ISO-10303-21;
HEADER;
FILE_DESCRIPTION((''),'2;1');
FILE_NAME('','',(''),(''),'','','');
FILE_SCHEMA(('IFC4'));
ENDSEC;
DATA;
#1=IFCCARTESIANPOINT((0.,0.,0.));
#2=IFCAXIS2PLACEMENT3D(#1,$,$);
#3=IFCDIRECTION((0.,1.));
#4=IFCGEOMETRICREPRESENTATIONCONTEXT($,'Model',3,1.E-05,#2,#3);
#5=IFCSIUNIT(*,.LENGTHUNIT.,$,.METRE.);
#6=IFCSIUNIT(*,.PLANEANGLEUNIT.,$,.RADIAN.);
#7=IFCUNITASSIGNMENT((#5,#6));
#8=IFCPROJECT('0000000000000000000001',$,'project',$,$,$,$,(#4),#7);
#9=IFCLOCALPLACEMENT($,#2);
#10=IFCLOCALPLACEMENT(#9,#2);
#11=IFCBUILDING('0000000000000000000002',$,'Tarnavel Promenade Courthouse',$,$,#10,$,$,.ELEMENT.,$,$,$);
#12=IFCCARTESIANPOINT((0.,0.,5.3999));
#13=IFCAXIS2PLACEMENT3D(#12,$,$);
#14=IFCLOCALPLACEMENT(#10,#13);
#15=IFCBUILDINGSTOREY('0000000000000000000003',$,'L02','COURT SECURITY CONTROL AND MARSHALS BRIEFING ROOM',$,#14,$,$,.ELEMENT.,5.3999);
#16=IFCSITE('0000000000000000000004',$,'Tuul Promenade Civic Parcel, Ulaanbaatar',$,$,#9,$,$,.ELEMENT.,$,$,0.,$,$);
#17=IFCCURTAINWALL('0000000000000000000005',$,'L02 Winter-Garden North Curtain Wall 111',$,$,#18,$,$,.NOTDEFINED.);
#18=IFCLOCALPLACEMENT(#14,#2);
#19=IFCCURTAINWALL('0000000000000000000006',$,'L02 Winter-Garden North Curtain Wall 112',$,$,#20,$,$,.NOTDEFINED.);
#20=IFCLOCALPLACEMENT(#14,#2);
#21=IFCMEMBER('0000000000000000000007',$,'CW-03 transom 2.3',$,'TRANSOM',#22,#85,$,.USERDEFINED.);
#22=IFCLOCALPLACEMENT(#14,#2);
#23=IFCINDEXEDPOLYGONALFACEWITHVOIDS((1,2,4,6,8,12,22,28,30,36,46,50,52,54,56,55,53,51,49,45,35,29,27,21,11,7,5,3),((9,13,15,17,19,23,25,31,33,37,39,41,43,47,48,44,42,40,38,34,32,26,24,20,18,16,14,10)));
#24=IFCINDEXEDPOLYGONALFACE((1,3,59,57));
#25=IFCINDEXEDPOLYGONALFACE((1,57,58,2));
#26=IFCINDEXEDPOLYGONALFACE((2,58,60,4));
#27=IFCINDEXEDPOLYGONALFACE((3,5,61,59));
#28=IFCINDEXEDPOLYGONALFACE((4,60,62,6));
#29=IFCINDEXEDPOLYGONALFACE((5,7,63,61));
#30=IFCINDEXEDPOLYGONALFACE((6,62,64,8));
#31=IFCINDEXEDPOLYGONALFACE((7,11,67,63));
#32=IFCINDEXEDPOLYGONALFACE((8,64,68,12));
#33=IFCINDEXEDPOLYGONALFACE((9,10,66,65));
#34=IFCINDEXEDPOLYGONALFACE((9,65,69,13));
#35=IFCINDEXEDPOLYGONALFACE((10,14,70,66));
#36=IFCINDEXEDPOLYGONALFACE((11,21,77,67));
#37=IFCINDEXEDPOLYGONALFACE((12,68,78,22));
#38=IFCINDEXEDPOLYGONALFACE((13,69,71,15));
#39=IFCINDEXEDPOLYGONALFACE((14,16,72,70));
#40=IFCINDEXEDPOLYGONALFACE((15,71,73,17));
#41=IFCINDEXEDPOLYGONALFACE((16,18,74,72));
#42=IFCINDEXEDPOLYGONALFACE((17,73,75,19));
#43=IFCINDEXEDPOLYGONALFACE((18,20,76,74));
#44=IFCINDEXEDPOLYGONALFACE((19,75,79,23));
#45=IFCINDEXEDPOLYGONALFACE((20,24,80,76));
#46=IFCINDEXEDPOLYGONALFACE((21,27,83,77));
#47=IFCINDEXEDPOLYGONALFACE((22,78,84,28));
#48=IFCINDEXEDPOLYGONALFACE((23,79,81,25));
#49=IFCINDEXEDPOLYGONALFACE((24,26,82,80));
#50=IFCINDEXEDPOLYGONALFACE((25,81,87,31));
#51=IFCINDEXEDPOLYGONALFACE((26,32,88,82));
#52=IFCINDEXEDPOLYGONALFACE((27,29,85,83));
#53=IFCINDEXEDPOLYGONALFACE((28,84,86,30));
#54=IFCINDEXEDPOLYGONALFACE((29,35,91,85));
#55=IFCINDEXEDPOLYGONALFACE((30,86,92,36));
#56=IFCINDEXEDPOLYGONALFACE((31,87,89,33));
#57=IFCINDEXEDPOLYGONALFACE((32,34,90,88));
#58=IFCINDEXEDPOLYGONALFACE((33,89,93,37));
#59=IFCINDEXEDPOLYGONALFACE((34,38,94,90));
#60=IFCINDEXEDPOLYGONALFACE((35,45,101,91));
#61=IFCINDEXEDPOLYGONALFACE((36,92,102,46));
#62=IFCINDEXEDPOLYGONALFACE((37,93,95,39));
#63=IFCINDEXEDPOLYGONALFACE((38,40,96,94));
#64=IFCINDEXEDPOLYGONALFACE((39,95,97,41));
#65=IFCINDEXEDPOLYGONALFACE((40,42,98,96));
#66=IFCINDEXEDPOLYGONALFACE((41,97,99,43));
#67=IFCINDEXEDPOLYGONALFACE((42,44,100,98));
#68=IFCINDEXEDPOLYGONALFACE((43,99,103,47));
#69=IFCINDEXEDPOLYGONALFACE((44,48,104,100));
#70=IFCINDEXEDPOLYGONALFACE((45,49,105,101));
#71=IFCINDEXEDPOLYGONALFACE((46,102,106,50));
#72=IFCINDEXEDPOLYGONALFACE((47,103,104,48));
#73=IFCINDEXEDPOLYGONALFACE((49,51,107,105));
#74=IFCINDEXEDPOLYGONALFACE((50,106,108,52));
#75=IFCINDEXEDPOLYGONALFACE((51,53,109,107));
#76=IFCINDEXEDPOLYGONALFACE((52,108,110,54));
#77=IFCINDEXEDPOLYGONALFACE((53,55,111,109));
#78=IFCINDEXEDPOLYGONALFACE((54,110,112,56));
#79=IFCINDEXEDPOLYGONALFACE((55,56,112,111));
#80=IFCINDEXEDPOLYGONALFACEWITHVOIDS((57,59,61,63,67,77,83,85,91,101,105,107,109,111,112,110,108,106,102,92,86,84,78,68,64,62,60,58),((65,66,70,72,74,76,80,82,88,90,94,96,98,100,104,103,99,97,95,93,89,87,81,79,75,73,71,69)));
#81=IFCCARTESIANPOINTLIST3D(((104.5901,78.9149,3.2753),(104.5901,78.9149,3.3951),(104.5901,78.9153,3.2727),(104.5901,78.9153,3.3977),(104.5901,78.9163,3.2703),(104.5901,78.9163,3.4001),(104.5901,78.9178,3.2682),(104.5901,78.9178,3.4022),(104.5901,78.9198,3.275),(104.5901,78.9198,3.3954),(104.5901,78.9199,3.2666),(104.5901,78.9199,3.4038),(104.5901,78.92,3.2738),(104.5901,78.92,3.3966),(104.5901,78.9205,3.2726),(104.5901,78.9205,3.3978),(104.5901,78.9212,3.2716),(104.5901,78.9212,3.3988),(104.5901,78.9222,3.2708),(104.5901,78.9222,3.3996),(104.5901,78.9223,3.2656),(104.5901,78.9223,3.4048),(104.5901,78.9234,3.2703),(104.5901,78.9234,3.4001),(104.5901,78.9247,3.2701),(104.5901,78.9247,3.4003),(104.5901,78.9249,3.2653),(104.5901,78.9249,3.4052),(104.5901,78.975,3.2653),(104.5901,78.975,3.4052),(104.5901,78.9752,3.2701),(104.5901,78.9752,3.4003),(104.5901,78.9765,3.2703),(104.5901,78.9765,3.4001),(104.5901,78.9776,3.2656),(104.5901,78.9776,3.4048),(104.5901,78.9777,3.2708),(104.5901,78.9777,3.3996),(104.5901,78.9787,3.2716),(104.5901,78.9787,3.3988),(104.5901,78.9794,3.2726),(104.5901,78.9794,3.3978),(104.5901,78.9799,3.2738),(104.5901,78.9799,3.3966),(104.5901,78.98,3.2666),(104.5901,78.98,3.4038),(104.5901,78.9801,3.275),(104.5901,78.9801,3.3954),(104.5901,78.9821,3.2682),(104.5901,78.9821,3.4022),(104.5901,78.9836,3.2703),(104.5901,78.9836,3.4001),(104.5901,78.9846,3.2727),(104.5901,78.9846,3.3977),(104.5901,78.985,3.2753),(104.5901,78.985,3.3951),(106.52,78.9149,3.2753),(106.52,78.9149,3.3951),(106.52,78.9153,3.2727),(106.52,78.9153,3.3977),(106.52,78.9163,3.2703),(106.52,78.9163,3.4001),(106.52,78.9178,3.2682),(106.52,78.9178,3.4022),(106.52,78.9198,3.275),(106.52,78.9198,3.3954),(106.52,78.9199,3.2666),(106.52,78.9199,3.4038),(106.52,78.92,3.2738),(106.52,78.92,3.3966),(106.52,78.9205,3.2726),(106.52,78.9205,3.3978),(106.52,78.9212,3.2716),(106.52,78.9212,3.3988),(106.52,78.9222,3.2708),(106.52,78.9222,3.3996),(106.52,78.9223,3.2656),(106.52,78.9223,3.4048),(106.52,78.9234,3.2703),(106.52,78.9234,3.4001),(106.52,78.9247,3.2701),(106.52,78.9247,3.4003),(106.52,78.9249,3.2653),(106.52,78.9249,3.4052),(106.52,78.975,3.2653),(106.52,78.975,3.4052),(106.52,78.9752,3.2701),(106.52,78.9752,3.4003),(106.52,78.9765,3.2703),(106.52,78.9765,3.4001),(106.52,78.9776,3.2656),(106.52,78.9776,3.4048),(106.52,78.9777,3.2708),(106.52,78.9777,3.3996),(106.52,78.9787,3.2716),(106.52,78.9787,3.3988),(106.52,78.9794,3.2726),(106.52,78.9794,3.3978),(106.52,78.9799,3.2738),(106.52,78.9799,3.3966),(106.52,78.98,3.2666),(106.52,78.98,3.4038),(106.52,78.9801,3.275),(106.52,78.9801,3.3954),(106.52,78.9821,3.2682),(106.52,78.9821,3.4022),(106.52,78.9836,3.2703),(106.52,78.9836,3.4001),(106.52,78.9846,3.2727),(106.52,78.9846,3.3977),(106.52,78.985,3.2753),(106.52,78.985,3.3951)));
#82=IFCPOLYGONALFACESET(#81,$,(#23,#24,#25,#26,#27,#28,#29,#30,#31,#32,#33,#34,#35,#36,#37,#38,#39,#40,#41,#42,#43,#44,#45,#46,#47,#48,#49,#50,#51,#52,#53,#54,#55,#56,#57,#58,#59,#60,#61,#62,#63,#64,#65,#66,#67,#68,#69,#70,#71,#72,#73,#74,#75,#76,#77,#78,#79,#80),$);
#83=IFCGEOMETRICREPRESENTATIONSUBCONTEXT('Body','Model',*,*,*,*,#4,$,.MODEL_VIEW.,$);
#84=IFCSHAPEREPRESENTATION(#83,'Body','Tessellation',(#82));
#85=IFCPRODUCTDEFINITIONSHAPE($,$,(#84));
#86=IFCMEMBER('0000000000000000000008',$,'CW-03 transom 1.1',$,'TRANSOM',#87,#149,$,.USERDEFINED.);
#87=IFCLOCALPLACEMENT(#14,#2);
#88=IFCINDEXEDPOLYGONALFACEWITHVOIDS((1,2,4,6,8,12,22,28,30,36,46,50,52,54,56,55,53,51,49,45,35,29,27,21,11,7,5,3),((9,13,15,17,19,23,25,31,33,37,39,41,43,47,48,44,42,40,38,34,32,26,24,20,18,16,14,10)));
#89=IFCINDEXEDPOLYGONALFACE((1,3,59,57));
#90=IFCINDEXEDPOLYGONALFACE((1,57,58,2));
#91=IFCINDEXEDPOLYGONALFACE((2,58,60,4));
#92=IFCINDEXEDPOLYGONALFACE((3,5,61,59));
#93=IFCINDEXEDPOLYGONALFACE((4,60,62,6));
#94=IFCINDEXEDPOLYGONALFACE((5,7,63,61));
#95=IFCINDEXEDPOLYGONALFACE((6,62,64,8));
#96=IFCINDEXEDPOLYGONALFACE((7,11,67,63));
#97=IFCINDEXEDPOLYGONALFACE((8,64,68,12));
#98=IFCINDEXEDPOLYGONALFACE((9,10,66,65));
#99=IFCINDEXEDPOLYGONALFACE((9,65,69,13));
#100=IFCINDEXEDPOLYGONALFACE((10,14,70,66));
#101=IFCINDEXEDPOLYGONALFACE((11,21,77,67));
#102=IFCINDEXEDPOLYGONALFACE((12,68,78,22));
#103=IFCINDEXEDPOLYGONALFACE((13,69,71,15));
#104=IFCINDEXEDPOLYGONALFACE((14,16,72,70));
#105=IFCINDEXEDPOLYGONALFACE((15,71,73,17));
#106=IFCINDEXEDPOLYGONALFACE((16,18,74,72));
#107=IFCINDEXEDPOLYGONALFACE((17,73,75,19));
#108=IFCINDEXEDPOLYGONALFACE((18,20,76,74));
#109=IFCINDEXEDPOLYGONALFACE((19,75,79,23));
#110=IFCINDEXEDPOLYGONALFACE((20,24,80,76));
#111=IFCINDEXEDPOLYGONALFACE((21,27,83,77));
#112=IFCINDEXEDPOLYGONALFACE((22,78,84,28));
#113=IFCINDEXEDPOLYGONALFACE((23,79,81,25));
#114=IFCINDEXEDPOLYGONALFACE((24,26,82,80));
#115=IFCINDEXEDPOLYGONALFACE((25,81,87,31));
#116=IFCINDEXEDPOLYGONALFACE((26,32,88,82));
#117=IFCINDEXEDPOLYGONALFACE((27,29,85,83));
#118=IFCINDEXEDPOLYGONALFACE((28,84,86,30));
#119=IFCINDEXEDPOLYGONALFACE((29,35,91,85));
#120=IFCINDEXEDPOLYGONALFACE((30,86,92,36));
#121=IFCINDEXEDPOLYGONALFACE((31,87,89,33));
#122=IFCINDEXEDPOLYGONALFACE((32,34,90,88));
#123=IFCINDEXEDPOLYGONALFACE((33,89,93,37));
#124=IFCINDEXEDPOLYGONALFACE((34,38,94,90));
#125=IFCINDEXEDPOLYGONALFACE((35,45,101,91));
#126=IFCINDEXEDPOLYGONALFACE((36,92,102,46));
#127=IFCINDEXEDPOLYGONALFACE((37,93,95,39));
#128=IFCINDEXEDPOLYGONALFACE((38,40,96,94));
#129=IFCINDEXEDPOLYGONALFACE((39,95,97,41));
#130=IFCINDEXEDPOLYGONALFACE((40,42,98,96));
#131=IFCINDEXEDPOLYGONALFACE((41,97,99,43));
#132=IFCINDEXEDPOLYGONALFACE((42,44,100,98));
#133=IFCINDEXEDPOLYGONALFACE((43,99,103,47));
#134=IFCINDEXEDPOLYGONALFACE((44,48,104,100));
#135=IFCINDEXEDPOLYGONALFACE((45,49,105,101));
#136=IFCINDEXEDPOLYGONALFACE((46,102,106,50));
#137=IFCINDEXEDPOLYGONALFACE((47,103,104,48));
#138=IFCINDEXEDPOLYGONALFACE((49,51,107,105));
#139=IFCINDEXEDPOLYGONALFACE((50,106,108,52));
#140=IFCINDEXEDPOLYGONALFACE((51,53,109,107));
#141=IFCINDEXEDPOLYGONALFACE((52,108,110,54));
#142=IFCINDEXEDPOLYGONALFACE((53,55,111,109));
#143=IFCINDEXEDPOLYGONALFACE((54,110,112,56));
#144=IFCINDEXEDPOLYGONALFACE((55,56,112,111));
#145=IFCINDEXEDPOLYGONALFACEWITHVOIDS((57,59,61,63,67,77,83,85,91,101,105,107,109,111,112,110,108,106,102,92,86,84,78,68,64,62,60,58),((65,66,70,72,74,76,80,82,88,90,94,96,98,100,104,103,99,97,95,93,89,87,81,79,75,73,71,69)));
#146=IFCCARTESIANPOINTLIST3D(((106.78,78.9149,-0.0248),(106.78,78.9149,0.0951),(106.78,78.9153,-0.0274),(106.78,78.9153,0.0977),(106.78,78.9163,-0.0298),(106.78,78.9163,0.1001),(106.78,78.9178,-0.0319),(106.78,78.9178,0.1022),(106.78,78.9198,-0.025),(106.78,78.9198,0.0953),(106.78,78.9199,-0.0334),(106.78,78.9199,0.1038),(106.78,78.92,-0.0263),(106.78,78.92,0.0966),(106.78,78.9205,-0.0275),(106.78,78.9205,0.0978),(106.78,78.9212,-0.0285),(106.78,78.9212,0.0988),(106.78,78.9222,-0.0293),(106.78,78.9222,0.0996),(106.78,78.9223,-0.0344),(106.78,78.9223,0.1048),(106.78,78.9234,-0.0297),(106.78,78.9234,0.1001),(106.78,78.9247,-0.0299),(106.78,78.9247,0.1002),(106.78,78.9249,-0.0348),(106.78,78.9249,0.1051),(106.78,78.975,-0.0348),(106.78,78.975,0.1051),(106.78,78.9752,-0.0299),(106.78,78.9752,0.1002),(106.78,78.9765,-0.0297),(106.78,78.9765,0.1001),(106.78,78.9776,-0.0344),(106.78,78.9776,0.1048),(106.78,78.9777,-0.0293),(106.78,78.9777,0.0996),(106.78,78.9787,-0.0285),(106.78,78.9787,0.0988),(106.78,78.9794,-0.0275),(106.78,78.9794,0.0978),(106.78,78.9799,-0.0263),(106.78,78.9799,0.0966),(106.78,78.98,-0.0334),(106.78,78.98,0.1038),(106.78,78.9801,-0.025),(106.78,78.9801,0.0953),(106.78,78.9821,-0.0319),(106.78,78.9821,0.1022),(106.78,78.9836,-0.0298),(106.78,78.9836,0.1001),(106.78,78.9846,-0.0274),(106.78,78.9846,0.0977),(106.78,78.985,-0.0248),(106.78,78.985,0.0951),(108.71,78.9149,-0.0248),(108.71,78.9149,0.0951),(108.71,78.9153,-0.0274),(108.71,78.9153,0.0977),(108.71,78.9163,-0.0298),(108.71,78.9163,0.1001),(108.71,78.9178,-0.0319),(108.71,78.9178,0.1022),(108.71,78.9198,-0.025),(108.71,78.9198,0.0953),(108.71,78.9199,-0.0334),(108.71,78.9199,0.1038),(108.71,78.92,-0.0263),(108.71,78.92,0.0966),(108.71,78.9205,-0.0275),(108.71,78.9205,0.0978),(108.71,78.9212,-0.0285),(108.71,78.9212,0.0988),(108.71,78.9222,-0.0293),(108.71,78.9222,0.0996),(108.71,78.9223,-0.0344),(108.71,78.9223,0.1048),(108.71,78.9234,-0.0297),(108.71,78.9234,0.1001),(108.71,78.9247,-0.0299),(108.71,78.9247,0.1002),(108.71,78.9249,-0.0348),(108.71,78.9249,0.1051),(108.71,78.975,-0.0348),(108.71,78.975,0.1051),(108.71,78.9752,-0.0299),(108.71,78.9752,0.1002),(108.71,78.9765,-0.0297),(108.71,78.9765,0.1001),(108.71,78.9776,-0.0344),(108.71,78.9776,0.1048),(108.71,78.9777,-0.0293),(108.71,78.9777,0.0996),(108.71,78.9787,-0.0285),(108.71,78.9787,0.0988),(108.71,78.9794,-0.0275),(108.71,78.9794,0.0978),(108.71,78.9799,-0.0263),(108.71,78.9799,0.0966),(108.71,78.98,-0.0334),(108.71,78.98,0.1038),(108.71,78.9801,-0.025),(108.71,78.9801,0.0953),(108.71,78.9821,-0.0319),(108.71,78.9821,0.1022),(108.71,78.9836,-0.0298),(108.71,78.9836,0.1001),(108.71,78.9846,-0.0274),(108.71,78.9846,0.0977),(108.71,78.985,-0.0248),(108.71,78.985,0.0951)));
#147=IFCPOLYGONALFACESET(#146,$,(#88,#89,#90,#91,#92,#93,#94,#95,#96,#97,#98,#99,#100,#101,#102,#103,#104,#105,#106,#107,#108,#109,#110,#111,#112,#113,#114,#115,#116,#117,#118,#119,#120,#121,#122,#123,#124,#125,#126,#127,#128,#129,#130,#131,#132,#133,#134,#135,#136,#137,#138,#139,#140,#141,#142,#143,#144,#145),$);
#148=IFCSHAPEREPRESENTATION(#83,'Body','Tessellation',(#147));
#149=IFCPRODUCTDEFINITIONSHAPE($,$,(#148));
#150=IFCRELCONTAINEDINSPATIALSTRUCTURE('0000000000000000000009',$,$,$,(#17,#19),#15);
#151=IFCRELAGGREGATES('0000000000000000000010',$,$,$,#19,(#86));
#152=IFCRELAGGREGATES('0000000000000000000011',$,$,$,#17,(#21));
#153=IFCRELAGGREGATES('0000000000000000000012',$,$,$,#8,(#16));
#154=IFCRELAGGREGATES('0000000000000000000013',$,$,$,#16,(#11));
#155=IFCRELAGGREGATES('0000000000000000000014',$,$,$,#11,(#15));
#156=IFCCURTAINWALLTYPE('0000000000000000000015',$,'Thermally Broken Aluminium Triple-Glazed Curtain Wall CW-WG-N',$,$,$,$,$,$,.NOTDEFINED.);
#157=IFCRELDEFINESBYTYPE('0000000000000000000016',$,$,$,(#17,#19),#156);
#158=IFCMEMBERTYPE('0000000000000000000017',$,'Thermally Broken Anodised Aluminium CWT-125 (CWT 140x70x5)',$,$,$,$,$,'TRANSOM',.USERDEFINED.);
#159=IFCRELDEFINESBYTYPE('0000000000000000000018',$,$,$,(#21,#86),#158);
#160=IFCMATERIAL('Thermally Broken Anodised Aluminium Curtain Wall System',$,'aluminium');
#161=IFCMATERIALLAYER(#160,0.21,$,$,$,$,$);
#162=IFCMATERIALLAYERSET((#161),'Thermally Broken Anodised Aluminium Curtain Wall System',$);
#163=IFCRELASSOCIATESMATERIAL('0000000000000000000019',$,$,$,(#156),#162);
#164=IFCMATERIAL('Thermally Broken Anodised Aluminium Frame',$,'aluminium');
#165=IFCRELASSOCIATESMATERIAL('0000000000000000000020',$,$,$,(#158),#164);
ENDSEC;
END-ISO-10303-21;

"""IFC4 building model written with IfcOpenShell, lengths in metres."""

from ifc_helpers import new_model, si_unit, direction, frame, origin, origin_2d, place, context, subcontext, project, spatial, hollow_rectangle, extrude, material, layer, layer_set, material_profile, profile_set, type_object, element, aggregate, save


model = new_model("IFC4")

# Units and contexts
model_context = context("Model", 3, precision=1e-05, world=origin(), true_north=direction((0.0, 1.0)))
body_context = subcontext(model_context, "Body", "Model", "MODEL_VIEW")
ifc_project = project(units=[si_unit("LENGTHUNIT", "METRE"), si_unit("PLANEANGLEUNIT", "RADIAN")], contexts=[model_context])

# Site, building, storey
site_placement = place(None, origin())
site = spatial("IfcSite", under=ifc_project, at=site_placement, Name="Tuul Promenade Civic Parcel, Ulaanbaatar", CompositionType="ELEMENT", RefElevation=0.0)
building_placement = place(site_placement, origin())
building = spatial("IfcBuilding", under=site, at=building_placement, Name="Tarnavel Promenade Courthouse", CompositionType="ELEMENT")
storey_placement = place(building_placement, frame((0.0, 0.0, 5.3999)))
storey = spatial("IfcBuildingStorey", under=building, at=storey_placement, Name="L02", Description="COURT SECURITY CONTROL AND MARSHALS BRIEFING ROOM", CompositionType="ELEMENT", Elevation=5.3999)

# Curtain wall
ifc_material_1 = material(Name="Thermally Broken Anodised Aluminium Curtain Wall System", Category="aluminium")
ifc_layer_1 = layer(ifc_material_1, 0.21)
ifc_layer_set_1 = layer_set([ifc_layer_1], Name="Thermally Broken Anodised Aluminium Curtain Wall System")
curtain_wall_type = type_object("IfcCurtainWallType", Name="Thermally Broken Aluminium Triple-Glazed Curtain Wall CW-WG-N", PredefinedType="NOTDEFINED", material=ifc_layer_set_1)
curtain_wall_1_placement = place(storey_placement, origin())
curtain_wall_1 = element("IfcCurtainWall", 1, at=curtain_wall_1_placement, inside=storey, type_object=curtain_wall_type, Name="L02 Winter-Garden North Curtain Wall 111", PredefinedType="NOTDEFINED")
ifc_material_2 = material(Name="Thermally Broken Anodised Aluminium Frame", Category="aluminium")

# Curtain wall
curtain_wall_2_placement = place(storey_placement, origin())
curtain_wall_2 = element("IfcCurtainWall", 2, at=curtain_wall_2_placement, inside=storey, type_object=curtain_wall_type, Name="L02 Winter-Garden North Curtain Wall 112", PredefinedType="NOTDEFINED")

# Members
ifc_material_profile_1 = material_profile(ifc_material_2, hollow_rectangle(XDim=0.0701, YDim=0.1399, WallThickness=0.0049, InnerFilletRadius=0.0049, OuterFilletRadius=0.01, at=origin_2d()), Name="CWT 140x70x5")
ifc_profile_set_1 = profile_set([ifc_material_profile_1], Name="Thermally Broken Anodised Aluminium Frame")
member_type_1 = type_object("IfcMemberType", Name="Thermally Broken Anodised Aluminium CWT-125 (CWT 140x70x5)", ElementType="TRANSOM", PredefinedType="USERDEFINED", material=ifc_profile_set_1)
member_1_placement = place(storey_placement, frame((104.5901, 78.95, 3.3352), z_axis=(1.0, 0.0, 0.0), x_axis=(0.0, 1.0, 0.0)))
member_1 = element("IfcMember", 3, at=member_1_placement, type_object=member_type_1, Name="CW-03 transom 2.3", ObjectType="TRANSOM", PredefinedType="USERDEFINED", context=body_context, shape_type="SweptSolid", body=[
    extrude(hollow_rectangle(XDim=0.0701, YDim=0.1399, WallThickness=0.0049, InnerFilletRadius=0.0049, OuterFilletRadius=0.01, at=origin_2d()), origin(), (0.0, 0.0, 1.0), 1.9299),
])
member_2_placement = place(storey_placement, frame((106.78, 78.95, 0.0352), z_axis=(1.0, 0.0, 0.0), x_axis=(0.0, 1.0, 0.0)))
member_2 = element("IfcMember", 4, at=member_2_placement, type_object=member_type_1, Name="CW-03 transom 1.1", ObjectType="TRANSOM", PredefinedType="USERDEFINED", context=body_context, shape_type="SweptSolid", body=[
    extrude(hollow_rectangle(XDim=0.0701, YDim=0.1399, WallThickness=0.0049, InnerFilletRadius=0.0049, OuterFilletRadius=0.01, at=origin_2d()), origin(), (0.0, 0.0, 1.0), 1.9299),
])
aggregate(curtain_wall_2, [member_2])

aggregate(curtain_wall_1, [member_1])

save(model, "model.ifc")
